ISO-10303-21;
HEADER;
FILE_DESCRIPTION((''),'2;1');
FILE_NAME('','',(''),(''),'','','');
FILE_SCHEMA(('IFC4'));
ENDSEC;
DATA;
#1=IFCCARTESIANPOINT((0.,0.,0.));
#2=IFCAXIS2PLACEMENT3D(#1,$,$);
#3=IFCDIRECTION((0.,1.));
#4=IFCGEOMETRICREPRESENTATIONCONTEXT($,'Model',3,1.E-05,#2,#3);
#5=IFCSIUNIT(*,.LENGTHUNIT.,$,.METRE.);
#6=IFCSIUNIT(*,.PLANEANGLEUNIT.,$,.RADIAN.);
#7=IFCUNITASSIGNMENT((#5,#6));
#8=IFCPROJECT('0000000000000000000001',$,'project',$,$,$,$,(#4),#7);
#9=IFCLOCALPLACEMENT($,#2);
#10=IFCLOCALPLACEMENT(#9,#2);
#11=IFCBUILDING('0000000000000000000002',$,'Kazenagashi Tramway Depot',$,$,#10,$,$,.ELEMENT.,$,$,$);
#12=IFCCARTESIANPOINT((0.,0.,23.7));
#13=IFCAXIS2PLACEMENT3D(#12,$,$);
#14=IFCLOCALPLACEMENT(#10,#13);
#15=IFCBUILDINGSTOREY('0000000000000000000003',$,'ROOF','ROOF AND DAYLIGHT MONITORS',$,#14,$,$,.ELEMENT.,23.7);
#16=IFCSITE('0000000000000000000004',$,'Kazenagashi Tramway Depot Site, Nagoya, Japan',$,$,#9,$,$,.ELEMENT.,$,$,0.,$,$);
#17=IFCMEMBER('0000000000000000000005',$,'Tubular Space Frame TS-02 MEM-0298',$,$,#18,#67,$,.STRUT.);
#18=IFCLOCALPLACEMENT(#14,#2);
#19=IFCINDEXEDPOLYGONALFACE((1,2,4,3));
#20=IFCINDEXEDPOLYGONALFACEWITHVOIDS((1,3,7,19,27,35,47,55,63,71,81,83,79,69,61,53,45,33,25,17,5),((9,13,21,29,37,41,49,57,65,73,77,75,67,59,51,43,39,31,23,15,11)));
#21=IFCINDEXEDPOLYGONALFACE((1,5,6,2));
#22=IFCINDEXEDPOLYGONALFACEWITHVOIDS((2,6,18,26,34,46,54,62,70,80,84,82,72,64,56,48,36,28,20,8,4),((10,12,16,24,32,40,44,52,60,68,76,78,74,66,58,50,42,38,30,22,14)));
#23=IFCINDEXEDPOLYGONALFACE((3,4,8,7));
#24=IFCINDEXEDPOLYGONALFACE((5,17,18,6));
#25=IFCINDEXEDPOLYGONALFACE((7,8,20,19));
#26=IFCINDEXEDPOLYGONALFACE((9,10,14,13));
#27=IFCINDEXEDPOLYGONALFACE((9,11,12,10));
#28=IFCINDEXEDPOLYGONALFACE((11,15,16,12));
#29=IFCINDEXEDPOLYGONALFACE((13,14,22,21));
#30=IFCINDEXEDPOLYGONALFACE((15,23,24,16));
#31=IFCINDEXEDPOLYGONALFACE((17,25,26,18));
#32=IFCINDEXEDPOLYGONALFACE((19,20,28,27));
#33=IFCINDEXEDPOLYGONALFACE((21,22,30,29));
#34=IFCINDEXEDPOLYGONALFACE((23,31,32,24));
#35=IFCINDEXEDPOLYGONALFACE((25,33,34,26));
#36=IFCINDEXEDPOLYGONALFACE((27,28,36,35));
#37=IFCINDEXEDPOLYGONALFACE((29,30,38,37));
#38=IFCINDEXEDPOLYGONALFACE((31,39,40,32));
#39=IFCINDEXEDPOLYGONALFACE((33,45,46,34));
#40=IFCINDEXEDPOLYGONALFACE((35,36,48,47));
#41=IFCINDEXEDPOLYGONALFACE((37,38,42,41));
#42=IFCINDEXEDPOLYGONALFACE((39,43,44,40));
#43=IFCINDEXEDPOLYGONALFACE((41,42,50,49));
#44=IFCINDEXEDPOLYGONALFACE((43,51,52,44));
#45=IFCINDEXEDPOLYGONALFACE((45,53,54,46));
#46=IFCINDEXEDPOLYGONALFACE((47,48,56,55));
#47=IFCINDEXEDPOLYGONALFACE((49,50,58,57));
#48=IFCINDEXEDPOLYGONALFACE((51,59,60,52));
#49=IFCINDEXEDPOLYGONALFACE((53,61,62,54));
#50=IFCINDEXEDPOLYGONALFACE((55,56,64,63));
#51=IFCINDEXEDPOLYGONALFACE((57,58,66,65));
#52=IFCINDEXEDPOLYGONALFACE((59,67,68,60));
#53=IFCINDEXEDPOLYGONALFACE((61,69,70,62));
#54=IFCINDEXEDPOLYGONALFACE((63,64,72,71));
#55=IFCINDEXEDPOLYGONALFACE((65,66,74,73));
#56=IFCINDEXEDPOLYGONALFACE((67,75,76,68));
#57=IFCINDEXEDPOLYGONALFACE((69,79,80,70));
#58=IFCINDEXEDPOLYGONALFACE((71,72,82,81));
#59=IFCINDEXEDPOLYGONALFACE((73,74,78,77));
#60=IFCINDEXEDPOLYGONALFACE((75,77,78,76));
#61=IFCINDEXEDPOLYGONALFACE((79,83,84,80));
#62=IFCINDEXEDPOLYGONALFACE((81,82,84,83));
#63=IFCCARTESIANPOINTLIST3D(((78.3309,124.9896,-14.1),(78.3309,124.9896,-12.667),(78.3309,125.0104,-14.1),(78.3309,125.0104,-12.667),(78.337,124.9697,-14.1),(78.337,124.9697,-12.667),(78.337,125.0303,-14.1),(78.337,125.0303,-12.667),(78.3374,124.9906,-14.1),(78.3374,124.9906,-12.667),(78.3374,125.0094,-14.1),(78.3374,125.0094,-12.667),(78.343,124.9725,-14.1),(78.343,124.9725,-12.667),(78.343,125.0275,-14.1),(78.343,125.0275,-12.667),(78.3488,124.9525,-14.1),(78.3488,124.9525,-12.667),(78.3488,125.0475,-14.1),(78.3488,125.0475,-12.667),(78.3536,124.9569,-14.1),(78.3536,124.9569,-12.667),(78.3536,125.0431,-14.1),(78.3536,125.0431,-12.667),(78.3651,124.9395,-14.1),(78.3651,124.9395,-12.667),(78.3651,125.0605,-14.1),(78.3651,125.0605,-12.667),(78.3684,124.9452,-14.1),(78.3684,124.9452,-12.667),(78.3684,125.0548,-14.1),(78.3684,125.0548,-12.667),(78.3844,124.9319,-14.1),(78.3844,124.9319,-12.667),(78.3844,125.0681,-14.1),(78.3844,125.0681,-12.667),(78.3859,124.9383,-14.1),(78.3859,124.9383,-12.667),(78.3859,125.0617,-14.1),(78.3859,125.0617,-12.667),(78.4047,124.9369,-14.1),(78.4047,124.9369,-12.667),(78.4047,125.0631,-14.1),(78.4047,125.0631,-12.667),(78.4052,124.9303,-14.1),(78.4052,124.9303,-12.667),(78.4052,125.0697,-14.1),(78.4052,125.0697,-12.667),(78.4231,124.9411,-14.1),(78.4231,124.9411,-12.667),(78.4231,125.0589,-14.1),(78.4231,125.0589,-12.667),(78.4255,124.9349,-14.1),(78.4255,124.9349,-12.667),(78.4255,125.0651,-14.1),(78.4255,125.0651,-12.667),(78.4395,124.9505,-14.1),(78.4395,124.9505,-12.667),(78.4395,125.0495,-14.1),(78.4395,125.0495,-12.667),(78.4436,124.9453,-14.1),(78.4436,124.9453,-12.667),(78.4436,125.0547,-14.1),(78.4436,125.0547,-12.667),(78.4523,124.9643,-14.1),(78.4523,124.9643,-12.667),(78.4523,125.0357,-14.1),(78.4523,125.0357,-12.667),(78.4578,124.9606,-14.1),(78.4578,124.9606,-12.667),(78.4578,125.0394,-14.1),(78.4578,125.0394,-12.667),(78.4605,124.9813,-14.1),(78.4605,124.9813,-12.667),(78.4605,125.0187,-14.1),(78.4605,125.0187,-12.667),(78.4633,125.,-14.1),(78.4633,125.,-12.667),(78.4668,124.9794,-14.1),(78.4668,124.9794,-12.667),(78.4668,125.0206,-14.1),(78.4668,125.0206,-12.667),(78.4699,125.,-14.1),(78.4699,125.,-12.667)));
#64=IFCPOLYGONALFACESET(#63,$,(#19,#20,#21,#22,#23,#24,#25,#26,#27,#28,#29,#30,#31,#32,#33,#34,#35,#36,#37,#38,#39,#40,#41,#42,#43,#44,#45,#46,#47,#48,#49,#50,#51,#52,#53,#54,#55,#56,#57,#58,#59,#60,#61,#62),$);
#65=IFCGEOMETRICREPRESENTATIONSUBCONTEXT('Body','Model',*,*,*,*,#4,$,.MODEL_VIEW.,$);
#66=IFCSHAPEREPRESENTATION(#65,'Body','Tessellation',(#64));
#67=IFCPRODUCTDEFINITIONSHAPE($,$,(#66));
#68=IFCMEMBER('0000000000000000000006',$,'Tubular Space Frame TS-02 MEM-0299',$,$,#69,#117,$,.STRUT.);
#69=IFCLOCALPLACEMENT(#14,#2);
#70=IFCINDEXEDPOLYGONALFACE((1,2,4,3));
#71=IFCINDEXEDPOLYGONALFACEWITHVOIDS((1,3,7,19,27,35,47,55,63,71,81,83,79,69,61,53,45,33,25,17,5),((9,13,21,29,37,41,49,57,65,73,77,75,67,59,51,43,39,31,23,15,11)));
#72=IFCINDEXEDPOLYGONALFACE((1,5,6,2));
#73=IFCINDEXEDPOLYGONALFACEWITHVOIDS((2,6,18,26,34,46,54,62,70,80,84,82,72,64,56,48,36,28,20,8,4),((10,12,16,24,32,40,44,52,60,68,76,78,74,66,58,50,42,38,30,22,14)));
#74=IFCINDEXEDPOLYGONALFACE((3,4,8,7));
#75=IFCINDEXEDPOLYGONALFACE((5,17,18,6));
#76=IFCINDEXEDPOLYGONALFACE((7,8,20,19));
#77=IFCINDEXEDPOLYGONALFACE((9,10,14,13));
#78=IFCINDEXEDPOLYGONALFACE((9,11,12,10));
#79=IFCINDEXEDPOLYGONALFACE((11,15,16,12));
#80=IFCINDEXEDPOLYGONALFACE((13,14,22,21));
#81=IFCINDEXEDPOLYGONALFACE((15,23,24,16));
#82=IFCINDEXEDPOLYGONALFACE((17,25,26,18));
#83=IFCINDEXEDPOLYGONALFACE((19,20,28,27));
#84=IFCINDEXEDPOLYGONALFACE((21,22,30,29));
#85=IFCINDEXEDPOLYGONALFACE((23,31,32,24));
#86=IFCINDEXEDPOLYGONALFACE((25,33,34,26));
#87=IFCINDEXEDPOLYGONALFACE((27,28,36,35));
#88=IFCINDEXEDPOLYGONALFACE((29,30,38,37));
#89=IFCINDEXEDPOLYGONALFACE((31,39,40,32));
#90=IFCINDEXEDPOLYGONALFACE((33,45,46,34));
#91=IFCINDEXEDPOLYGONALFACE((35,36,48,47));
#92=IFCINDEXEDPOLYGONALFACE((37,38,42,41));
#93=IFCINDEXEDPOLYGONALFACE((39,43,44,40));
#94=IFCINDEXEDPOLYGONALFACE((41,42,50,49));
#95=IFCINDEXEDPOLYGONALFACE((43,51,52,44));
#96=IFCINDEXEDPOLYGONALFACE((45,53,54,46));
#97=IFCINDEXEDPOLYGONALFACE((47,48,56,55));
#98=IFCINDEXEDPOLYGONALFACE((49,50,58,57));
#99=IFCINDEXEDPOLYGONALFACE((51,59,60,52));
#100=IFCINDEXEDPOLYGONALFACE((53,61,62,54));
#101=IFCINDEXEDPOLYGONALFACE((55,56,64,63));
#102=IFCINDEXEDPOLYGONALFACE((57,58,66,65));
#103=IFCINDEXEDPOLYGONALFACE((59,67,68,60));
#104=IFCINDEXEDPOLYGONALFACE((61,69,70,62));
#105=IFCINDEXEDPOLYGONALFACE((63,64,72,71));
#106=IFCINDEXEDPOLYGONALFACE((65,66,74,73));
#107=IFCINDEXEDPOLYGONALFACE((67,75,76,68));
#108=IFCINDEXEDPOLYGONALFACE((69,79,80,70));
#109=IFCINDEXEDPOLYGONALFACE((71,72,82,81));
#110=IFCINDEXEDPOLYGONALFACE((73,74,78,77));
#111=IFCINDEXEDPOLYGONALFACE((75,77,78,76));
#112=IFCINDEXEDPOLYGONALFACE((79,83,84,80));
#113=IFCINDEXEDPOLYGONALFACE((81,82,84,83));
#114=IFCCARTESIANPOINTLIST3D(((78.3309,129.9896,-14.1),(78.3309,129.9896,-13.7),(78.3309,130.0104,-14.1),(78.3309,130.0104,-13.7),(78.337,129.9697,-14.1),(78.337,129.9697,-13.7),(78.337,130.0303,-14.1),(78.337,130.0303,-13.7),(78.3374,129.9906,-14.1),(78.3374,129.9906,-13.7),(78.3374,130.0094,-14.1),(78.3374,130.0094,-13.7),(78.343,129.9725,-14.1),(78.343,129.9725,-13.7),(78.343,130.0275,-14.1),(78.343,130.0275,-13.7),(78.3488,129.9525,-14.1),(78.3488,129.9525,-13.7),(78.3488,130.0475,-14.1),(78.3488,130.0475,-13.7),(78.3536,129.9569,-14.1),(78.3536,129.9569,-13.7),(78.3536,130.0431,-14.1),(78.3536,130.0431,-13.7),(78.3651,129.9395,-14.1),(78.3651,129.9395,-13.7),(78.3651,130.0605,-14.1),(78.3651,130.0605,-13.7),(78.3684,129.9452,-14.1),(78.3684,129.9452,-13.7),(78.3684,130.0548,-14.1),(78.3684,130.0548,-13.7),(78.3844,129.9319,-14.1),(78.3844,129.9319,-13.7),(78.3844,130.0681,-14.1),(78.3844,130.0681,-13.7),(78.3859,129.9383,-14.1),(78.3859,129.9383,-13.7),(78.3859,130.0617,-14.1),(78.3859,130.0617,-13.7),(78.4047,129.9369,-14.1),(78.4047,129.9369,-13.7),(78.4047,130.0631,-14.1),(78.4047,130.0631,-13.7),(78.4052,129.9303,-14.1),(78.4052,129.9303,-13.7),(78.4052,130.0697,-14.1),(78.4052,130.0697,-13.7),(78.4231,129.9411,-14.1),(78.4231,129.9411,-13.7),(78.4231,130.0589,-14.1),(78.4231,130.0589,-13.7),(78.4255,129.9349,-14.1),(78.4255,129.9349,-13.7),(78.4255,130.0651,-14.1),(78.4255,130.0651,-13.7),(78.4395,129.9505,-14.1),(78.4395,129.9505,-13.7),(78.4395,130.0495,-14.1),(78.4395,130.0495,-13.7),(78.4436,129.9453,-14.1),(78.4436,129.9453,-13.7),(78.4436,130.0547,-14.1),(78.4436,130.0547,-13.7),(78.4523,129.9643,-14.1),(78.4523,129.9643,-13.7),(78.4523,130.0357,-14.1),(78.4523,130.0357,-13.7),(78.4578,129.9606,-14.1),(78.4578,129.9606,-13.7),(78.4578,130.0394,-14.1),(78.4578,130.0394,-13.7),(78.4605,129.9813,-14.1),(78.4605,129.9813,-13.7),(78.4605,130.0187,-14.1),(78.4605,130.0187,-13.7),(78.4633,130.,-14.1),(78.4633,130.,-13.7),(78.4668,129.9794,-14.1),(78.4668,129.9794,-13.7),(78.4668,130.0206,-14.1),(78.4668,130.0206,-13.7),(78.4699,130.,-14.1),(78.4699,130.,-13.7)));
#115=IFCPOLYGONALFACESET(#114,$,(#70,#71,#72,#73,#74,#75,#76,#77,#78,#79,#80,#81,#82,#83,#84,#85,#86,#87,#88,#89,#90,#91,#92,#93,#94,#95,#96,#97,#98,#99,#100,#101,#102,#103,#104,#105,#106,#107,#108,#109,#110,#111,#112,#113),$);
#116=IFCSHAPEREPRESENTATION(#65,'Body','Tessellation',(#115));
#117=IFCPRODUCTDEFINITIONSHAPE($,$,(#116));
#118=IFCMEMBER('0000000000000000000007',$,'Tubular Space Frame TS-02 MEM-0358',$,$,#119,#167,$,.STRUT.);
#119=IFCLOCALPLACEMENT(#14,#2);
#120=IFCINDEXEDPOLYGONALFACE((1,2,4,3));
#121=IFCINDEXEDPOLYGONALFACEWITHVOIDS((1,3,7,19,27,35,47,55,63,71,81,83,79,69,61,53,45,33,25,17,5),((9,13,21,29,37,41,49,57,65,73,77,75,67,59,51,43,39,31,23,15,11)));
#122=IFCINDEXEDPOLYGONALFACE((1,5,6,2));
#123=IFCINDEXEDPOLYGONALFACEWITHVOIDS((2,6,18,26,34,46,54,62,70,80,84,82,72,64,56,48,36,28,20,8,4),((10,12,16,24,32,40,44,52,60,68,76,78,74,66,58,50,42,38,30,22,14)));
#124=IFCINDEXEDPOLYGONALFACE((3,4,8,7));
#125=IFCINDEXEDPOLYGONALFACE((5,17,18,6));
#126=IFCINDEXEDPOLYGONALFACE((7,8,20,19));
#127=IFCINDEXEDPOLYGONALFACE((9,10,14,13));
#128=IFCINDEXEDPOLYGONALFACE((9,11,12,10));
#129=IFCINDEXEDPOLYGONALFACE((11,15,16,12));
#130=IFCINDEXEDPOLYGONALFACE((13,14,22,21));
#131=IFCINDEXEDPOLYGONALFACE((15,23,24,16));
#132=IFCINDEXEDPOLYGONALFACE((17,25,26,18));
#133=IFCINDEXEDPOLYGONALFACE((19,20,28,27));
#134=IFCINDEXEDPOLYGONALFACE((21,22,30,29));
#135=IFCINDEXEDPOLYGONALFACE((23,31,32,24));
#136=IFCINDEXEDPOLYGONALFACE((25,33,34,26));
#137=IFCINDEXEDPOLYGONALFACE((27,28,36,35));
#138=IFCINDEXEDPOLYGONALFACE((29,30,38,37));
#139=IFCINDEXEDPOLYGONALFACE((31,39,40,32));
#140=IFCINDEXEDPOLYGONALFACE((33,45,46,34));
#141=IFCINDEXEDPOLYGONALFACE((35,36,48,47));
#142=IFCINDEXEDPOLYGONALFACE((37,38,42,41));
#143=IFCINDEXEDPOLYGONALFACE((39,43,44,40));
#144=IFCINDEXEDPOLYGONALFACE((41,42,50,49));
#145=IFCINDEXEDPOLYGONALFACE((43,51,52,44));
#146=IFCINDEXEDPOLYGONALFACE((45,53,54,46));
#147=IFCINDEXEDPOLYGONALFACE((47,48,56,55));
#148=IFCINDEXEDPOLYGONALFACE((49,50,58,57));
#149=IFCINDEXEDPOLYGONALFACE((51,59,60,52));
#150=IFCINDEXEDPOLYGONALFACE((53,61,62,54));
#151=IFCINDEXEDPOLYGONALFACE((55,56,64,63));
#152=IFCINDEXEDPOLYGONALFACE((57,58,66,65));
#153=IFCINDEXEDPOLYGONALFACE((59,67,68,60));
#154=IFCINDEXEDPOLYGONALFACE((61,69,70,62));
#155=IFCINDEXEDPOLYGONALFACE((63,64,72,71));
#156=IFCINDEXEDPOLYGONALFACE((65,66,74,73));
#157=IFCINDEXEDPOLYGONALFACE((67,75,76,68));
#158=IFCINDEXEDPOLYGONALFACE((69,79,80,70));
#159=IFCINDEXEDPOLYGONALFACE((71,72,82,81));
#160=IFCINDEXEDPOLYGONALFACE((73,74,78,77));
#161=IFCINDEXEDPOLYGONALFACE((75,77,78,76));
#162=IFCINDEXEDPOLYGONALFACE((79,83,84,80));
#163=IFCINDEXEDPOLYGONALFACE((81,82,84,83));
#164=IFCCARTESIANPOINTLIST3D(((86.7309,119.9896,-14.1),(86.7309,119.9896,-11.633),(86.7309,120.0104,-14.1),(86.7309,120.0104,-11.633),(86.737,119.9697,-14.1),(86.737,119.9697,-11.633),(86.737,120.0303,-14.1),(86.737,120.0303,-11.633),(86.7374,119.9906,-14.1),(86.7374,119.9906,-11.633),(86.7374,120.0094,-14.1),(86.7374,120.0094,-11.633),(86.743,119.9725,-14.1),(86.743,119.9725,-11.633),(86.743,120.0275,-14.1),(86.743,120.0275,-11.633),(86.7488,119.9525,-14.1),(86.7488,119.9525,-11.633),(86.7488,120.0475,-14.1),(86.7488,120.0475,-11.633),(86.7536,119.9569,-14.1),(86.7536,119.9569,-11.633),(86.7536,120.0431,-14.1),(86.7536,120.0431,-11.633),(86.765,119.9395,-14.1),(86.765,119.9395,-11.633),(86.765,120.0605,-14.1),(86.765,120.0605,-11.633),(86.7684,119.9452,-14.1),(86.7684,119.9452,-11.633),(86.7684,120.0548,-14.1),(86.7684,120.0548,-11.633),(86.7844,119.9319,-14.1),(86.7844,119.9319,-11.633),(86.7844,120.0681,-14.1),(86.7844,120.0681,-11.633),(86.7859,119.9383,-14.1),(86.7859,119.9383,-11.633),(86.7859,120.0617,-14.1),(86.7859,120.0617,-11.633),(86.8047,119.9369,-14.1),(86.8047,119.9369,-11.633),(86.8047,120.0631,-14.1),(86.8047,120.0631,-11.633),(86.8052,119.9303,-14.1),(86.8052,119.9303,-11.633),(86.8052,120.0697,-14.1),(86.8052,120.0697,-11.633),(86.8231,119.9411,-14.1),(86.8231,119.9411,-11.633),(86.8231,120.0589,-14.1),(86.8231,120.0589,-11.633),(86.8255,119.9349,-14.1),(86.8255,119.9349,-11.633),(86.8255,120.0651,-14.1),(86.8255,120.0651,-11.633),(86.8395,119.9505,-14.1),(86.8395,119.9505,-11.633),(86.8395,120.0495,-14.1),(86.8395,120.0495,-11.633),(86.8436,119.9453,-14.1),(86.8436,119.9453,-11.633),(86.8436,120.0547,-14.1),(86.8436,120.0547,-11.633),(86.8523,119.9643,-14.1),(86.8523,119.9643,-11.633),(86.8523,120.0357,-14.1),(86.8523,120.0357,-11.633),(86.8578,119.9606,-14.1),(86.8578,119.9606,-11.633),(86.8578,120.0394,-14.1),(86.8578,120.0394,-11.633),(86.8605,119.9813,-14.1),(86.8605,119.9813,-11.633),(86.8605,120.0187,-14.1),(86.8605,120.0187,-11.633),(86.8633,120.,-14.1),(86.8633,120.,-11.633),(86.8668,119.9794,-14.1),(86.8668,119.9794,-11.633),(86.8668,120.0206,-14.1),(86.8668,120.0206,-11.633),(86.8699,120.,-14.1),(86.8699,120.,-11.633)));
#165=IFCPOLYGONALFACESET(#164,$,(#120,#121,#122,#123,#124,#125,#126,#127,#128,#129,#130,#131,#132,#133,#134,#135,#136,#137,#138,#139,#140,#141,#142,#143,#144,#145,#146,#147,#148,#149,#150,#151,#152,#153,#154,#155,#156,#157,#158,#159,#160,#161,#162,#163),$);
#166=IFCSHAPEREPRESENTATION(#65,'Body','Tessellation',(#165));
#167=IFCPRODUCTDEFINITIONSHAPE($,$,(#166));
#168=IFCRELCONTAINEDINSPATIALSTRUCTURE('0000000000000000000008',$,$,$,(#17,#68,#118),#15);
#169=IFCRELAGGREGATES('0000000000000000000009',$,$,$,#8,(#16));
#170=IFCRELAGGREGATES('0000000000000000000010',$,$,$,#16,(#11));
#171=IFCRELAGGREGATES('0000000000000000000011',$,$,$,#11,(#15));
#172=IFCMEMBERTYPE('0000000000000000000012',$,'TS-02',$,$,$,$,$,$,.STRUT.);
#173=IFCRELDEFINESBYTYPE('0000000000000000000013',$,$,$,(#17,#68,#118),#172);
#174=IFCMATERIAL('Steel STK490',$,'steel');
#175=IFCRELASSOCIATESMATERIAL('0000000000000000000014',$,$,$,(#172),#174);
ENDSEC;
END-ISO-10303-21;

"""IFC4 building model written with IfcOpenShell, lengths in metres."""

from ifc_helpers import new_model, si_unit, direction, frame, origin, origin_2d, place, context, subcontext, project, spatial, hollow_circle, extrude, material, material_profile, profile_set, type_object, element, save


model = new_model("IFC4")

# Units and contexts
model_context = context("Model", 3, precision=1e-05, world=origin(), true_north=direction((0.0, 1.0)))
body_context = subcontext(model_context, "Body", "Model", "MODEL_VIEW")
ifc_project = project(units=[si_unit("LENGTHUNIT", "METRE"), si_unit("PLANEANGLEUNIT", "RADIAN")], contexts=[model_context])

# Site, building, storey
site_placement = place(None, origin())
site = spatial("IfcSite", under=ifc_project, at=site_placement, Name="Kazenagashi Tramway Depot Site, Nagoya, Japan", CompositionType="ELEMENT", RefElevation=0.0)
building_placement = place(site_placement, origin())
building = spatial("IfcBuilding", under=site, at=building_placement, Name="Kazenagashi Tramway Depot", CompositionType="ELEMENT")
storey_placement = place(building_placement, frame((0.0, 0.0, 23.7)))
storey = spatial("IfcBuildingStorey", under=building, at=storey_placement, Name="ROOF", Description="ROOF AND DAYLIGHT MONITORS", CompositionType="ELEMENT", Elevation=23.7)

# Members
ifc_material_1 = material(Name="Steel STK490", Category="steel")
ifc_material_profile_1 = material_profile(ifc_material_1, hollow_circle(Radius=0.0699, WallThickness=0.0066, at=origin_2d()), Name="CHS-139.8x6.6")
ifc_profile_set_1 = profile_set([ifc_material_profile_1], Name="Steel STK490")
member_type_1 = type_object("IfcMemberType", Name="TS-02", PredefinedType="STRUT", material=ifc_profile_set_1)
member_1_placement = place(storey_placement, frame((78.4, 125.0, -14.1), z_axis=(0.0, 0.0, 1.0), x_axis=(1.0, 0.0, 0.0)))
element("IfcMember", 1, at=member_1_placement, inside=storey, type_object=member_type_1, Name="Tubular Space Frame TS-02 MEM-0298", PredefinedType="STRUT", context=body_context, shape_type="SweptSolid", body=[
    extrude(hollow_circle(Radius=0.0699, WallThickness=0.0066, at=origin_2d()), origin(), (0.0, 0.0, 1.0), 1.433),
])
member_2_placement = place(storey_placement, frame((78.4, 130.0, -14.1), z_axis=(0.0, 0.0, 1.0), x_axis=(1.0, 0.0, 0.0)))
element("IfcMember", 2, at=member_2_placement, inside=storey, type_object=member_type_1, Name="Tubular Space Frame TS-02 MEM-0299", PredefinedType="STRUT", context=body_context, shape_type="SweptSolid", body=[
    extrude(hollow_circle(Radius=0.0699, WallThickness=0.0066, at=origin_2d()), origin(), (0.0, 0.0, 1.0), 0.4),
])
member_3_placement = place(storey_placement, frame((86.8, 120.0, -14.1), z_axis=(0.0, 0.0, 1.0), x_axis=(1.0, 0.0, 0.0)))
element("IfcMember", 3, at=member_3_placement, inside=storey, type_object=member_type_1, Name="Tubular Space Frame TS-02 MEM-0358", PredefinedType="STRUT", context=body_context, shape_type="SweptSolid", body=[
    extrude(hollow_circle(Radius=0.0699, WallThickness=0.0066, at=origin_2d()), origin(), (0.0, 0.0, 1.0), 2.467),
])

save(model, "model.ifc")
